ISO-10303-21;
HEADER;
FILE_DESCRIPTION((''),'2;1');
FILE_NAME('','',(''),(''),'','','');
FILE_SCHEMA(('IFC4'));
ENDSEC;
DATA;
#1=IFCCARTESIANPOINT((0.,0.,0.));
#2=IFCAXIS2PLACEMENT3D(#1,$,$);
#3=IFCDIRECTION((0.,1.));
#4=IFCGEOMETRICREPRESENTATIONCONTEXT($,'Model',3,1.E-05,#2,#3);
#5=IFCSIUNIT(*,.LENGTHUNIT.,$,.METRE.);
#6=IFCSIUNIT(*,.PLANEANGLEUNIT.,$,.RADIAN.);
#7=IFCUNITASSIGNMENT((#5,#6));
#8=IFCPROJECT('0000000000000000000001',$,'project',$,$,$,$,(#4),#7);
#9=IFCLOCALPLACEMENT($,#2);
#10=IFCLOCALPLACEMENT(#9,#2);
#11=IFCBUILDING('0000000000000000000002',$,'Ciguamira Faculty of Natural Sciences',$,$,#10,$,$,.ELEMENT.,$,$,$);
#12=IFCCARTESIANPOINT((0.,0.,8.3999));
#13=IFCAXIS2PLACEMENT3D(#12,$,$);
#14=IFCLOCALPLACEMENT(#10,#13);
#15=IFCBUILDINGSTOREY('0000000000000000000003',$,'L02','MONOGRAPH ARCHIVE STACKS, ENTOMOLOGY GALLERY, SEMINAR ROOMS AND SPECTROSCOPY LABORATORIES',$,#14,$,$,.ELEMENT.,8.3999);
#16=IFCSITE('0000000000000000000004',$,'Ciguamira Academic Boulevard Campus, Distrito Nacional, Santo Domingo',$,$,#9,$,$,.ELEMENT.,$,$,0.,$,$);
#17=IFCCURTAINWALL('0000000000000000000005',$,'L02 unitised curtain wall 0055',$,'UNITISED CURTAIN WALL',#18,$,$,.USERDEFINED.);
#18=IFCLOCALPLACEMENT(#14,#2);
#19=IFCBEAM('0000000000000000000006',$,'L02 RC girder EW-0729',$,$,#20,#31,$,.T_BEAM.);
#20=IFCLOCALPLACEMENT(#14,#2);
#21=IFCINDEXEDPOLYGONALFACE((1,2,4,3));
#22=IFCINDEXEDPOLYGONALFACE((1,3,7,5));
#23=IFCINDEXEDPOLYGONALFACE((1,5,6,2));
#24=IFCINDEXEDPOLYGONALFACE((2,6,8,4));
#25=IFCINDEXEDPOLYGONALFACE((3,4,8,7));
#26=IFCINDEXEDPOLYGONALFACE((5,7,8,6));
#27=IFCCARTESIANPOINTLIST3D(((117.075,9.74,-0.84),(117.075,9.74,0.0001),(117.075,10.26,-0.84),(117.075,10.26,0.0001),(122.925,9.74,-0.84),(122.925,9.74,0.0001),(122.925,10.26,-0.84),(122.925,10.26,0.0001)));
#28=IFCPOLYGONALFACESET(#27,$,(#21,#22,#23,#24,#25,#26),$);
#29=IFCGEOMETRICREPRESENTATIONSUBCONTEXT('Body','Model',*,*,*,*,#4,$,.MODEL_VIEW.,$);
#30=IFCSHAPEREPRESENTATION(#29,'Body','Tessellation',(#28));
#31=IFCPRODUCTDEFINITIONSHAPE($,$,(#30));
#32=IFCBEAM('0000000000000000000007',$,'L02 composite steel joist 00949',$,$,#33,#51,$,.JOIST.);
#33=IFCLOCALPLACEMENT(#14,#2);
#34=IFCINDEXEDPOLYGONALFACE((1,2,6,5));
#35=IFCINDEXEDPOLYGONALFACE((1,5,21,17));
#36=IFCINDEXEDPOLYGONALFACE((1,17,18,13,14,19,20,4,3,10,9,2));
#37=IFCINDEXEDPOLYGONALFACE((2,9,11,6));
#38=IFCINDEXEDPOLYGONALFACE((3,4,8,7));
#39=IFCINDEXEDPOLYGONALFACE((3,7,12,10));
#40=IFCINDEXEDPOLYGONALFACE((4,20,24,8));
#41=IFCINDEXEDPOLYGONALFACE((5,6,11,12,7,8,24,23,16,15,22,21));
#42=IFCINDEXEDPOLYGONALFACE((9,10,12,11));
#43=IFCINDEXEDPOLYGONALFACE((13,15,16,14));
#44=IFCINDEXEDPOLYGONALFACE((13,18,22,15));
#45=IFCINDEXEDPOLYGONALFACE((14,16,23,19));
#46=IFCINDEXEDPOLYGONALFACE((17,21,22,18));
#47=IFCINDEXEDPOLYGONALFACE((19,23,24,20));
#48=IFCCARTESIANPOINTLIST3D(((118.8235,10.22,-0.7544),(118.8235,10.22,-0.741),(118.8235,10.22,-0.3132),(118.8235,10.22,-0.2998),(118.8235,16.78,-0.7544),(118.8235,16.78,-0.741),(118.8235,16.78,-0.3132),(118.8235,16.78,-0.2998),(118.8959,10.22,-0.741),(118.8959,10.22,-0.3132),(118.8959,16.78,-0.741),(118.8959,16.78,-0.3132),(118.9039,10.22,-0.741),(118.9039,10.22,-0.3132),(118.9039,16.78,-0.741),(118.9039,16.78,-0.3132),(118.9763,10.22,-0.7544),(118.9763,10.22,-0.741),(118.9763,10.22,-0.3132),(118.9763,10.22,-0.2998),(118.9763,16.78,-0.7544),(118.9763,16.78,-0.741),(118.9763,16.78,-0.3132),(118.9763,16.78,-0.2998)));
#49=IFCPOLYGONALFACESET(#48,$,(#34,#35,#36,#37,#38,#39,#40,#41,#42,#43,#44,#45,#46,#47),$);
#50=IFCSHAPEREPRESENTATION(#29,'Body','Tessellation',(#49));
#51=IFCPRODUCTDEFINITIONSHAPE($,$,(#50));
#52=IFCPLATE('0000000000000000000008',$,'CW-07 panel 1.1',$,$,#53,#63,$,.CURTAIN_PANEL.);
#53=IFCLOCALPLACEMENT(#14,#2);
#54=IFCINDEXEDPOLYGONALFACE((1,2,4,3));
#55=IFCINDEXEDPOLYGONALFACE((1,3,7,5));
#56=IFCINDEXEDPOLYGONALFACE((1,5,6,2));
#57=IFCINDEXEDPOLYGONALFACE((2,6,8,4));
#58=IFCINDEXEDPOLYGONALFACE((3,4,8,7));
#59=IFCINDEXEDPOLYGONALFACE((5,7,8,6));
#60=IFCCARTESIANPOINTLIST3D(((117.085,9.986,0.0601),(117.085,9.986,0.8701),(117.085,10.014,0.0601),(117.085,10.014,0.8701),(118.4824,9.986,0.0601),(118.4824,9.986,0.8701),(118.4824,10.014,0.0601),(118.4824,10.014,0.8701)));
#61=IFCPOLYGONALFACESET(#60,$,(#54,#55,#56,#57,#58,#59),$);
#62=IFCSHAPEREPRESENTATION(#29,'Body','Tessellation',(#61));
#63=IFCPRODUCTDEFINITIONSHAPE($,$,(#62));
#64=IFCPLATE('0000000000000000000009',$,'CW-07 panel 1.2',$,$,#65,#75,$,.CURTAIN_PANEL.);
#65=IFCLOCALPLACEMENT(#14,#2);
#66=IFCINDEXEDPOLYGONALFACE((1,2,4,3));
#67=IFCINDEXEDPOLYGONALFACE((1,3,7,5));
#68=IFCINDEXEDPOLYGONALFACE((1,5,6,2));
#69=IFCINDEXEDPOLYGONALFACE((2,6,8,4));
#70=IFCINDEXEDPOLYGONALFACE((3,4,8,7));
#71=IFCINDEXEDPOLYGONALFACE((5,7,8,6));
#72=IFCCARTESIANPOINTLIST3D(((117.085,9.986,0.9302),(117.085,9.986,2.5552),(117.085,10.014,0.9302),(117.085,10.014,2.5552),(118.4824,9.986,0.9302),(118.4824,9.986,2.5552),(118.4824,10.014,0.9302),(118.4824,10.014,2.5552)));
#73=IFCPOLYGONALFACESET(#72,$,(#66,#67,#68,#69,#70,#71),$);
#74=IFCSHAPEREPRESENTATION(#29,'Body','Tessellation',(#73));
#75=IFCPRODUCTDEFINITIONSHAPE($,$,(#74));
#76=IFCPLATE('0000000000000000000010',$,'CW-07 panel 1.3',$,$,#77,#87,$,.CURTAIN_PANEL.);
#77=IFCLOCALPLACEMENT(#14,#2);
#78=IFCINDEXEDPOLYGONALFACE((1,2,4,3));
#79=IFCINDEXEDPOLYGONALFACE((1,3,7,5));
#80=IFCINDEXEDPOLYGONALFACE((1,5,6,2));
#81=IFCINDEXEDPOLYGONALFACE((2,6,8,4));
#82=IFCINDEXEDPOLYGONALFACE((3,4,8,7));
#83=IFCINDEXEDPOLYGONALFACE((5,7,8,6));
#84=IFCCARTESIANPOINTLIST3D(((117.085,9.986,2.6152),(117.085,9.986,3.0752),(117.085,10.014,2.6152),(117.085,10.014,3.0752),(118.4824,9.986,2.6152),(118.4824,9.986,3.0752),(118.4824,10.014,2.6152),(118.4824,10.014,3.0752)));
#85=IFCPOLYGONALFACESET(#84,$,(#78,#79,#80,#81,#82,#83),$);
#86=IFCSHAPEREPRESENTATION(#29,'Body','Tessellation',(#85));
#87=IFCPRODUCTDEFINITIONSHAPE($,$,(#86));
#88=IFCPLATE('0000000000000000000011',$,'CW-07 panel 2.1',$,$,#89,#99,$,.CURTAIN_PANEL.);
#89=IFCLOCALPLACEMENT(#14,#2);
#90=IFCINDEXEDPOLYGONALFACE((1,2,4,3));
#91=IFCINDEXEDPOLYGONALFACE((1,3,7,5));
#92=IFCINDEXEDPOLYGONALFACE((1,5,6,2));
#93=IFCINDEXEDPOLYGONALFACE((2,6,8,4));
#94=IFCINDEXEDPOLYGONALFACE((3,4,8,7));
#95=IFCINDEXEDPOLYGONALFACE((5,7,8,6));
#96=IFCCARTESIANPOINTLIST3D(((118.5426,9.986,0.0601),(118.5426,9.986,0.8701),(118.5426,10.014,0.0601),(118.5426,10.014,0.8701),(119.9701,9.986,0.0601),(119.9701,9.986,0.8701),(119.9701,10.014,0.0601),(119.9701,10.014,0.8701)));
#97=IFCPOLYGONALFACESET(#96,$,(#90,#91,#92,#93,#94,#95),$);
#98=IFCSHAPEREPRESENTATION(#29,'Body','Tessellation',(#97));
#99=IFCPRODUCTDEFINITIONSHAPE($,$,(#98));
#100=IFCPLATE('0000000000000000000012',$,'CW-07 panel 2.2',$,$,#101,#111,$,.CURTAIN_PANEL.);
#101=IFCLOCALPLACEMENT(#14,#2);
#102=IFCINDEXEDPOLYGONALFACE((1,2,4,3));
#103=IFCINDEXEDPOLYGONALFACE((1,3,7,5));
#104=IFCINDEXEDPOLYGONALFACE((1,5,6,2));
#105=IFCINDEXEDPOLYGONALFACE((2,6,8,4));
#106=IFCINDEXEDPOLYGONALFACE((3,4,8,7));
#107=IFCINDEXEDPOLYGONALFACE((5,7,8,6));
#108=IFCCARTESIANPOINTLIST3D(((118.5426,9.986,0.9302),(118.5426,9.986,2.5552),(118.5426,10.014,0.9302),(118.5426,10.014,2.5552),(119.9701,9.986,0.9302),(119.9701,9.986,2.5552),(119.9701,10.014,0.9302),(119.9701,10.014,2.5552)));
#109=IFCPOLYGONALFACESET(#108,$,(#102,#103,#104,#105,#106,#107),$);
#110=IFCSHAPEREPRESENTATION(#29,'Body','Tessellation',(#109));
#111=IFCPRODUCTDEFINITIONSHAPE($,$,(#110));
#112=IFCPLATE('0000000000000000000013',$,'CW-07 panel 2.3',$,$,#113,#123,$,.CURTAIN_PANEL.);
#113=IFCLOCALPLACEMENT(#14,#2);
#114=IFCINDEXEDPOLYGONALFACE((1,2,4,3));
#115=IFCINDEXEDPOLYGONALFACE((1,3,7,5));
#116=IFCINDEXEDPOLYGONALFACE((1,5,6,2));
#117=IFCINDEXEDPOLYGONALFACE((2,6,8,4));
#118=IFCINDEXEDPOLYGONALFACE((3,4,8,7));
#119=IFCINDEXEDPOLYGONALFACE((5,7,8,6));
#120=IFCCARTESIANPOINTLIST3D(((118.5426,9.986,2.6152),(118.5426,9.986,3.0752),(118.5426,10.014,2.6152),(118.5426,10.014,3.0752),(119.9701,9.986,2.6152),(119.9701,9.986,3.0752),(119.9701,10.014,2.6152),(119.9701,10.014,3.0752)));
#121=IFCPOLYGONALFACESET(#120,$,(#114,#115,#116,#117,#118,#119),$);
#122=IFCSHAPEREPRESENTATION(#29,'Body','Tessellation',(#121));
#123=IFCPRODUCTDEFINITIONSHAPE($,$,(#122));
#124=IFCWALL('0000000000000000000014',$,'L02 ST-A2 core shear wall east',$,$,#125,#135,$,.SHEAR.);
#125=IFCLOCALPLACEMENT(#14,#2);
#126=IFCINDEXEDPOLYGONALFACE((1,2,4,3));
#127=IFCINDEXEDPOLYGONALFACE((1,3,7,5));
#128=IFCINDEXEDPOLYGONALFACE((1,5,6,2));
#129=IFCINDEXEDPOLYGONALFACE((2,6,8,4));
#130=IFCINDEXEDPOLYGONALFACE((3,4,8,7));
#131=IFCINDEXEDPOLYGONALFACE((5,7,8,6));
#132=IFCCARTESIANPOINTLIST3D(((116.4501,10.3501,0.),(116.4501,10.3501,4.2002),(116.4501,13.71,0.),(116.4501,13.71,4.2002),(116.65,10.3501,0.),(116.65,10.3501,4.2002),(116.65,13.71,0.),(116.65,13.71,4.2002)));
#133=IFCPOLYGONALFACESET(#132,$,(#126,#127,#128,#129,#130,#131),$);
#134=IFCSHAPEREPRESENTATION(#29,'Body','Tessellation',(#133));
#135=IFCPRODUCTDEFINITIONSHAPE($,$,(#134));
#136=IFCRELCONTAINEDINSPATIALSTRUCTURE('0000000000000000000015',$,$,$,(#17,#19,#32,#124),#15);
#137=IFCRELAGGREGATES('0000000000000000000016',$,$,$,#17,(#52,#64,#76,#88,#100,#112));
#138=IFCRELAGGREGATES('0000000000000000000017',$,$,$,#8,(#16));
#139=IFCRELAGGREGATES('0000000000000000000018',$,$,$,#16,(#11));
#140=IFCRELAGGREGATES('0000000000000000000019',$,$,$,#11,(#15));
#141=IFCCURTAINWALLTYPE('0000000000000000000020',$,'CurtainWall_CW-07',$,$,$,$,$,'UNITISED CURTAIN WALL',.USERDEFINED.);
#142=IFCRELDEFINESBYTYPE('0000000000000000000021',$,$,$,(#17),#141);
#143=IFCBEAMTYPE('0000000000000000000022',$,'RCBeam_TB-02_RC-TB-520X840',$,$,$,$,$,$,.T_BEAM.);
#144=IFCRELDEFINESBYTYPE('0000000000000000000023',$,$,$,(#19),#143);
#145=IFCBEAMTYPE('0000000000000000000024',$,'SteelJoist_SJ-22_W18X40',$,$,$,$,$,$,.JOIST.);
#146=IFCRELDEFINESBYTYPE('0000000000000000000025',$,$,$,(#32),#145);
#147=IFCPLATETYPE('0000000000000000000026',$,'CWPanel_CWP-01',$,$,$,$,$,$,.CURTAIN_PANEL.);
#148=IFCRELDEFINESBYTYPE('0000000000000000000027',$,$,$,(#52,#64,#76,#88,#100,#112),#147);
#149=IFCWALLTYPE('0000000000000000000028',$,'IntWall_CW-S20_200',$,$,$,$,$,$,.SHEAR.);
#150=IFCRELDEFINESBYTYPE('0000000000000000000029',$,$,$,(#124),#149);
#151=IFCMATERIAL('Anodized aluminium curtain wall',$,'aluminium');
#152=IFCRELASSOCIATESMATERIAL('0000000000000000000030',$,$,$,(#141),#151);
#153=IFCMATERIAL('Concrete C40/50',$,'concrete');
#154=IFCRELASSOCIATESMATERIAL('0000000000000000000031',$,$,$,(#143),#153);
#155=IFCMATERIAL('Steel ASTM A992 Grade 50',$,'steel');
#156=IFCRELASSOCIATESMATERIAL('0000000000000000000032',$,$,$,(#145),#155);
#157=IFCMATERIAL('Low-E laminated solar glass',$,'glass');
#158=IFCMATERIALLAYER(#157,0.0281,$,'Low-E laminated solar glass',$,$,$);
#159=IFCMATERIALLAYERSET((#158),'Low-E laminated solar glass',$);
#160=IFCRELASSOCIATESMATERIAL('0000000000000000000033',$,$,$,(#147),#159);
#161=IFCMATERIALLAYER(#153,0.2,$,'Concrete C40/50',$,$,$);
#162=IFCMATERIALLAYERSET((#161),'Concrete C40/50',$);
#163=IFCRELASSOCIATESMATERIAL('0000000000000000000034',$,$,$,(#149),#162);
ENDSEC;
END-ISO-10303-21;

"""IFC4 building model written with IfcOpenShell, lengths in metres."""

from ifc_helpers import new_model, si_unit, direction, frame, frame_2d, origin, origin_2d, place, context, subcontext, project, spatial, rectangle, i_section, extrude, material, layer, layer_set, material_profile, profile_set, type_object, element, aggregate, save


model = new_model("IFC4")

# Units and contexts
model_context = context("Model", 3, precision=1e-05, world=origin(), true_north=direction((0.0, 1.0)))
body_context = subcontext(model_context, "Body", "Model", "MODEL_VIEW")
ifc_project = project(units=[si_unit("LENGTHUNIT", "METRE"), si_unit("PLANEANGLEUNIT", "RADIAN")], contexts=[model_context])

# Site, building, storey
site_placement = place(None, origin())
site = spatial("IfcSite", under=ifc_project, at=site_placement, Name="Ciguamira Academic Boulevard Campus, Distrito Nacional, Santo Domingo", CompositionType="ELEMENT", RefElevation=0.0)
building_placement = place(site_placement, origin())
building = spatial("IfcBuilding", under=site, at=building_placement, Name="Ciguamira Faculty of Natural Sciences", CompositionType="ELEMENT")
storey_placement = place(building_placement, frame((0.0, 0.0, 8.3999)))
storey = spatial("IfcBuildingStorey", under=building, at=storey_placement, Name="L02", Description="MONOGRAPH ARCHIVE STACKS, ENTOMOLOGY GALLERY, SEMINAR ROOMS AND SPECTROSCOPY LABORATORIES", CompositionType="ELEMENT", Elevation=8.3999)

# Shared definitions
ifc_material_1 = material(Name="Concrete C40/50", Category="concrete")

# Curtain wall
ifc_material_2 = material(Name="Anodized aluminium curtain wall", Category="aluminium")
curtain_wall_type = type_object("IfcCurtainWallType", Name="CurtainWall_CW-07", ElementType="UNITISED CURTAIN WALL", PredefinedType="USERDEFINED", material=ifc_material_2)
curtain_wall_placement = place(storey_placement, origin())
curtain_wall = element("IfcCurtainWall", 1, at=curtain_wall_placement, inside=storey, type_object=curtain_wall_type, Name="L02 unitised curtain wall 0055", ObjectType="UNITISED CURTAIN WALL", PredefinedType="USERDEFINED")

# Beams
ifc_material_profile_1 = material_profile(ifc_material_1, rectangle(XDim=0.52, YDim=0.8401, at=origin_2d()), Name="RC-TB-520X840")
ifc_profile_set_1 = profile_set([ifc_material_profile_1], Name="Concrete C40/50")
beam_type_1 = type_object("IfcBeamType", Name="RCBeam_TB-02_RC-TB-520X840", PredefinedType="T_BEAM", material=ifc_profile_set_1)
beam_1_placement = place(storey_placement, frame((117.075, 10.0, -0.4199), z_axis=(1.0, 0.0, 0.0), x_axis=(0.0, 1.0, 0.0)))
element("IfcBeam", 2, at=beam_1_placement, inside=storey, type_object=beam_type_1, Name="L02 RC girder EW-0729", PredefinedType="T_BEAM", context=body_context, shape_type="SweptSolid", body=[
    extrude(rectangle(XDim=0.52, YDim=0.8401, at=origin_2d()), origin(), (0.0, 0.0, 1.0), 5.8501),
])
ifc_material_3 = material(Name="Steel ASTM A992 Grade 50", Category="steel")
ifc_material_profile_2 = material_profile(ifc_material_3, i_section(OverallWidth=0.1528, OverallDepth=0.4546, WebThickness=0.0081, FlangeThickness=0.0134, at=origin_2d()), Name="W18X40")
ifc_profile_set_2 = profile_set([ifc_material_profile_2], Name="Steel ASTM A992 Grade 50")
beam_type_2 = type_object("IfcBeamType", Name="SteelJoist_SJ-22_W18X40", PredefinedType="JOIST", material=ifc_profile_set_2)
beam_2_placement = place(storey_placement, frame((118.8999, 10.22, -0.5271), z_axis=(0.0, 1.0, 0.0), x_axis=(-1.0, 0.0, 0.0)))
element("IfcBeam", 3, at=beam_2_placement, inside=storey, type_object=beam_type_2, Name="L02 composite steel joist 00949", PredefinedType="JOIST", context=body_context, shape_type="SweptSolid", body=[
    extrude(i_section(OverallWidth=0.1528, OverallDepth=0.4546, WebThickness=0.0081, FlangeThickness=0.0134, at=origin_2d()), origin(), (0.0, 0.0, 1.0), 6.5601),
])

# Plates
ifc_material_4 = material(Name="Low-E laminated solar glass", Category="glass")
ifc_layer_1 = layer(ifc_material_4, 0.0281, Name="Low-E laminated solar glass")
ifc_layer_set_1 = layer_set([ifc_layer_1], Name="Low-E laminated solar glass")
plate_type = type_object("IfcPlateType", Name="CWPanel_CWP-01", PredefinedType="CURTAIN_PANEL", material=ifc_layer_set_1)
plate_1_placement = place(storey_placement, frame((117.7837, 10.0, 0.0601), z_axis=(0.0, 0.0, 1.0), x_axis=(1.0, 0.0, 0.0)))
plate_1 = element("IfcPlate", 4, at=plate_1_placement, type_object=plate_type, Name="CW-07 panel 1.1", PredefinedType="CURTAIN_PANEL", context=body_context, shape_type="SweptSolid", body=[
    extrude(rectangle(XDim=1.3975, YDim=0.0281, at=origin_2d()), origin(), (0.0, 0.0, 1.0), 0.8101),
])
plate_2_placement = place(storey_placement, frame((117.7837, 10.0, 0.9302), z_axis=(0.0, 0.0, 1.0), x_axis=(1.0, 0.0, 0.0)))
plate_2 = element("IfcPlate", 5, at=plate_2_placement, type_object=plate_type, Name="CW-07 panel 1.2", PredefinedType="CURTAIN_PANEL", context=body_context, shape_type="SweptSolid", body=[
    extrude(rectangle(XDim=1.3975, YDim=0.0281, at=origin_2d()), origin(), (0.0, 0.0, 1.0), 1.625),
])
plate_3_placement = place(storey_placement, frame((117.7837, 10.0, 2.6152), z_axis=(0.0, 0.0, 1.0), x_axis=(1.0, 0.0, 0.0)))
plate_3 = element("IfcPlate", 6, at=plate_3_placement, type_object=plate_type, Name="CW-07 panel 1.3", PredefinedType="CURTAIN_PANEL", context=body_context, shape_type="SweptSolid", body=[
    extrude(rectangle(XDim=1.3975, YDim=0.0281, at=origin_2d()), origin(), (0.0, 0.0, 1.0), 0.46),
])
plate_4_placement = place(storey_placement, frame((119.2563, 10.0, 0.0601), z_axis=(0.0, 0.0, 1.0), x_axis=(1.0, 0.0, 0.0)))
plate_4 = element("IfcPlate", 7, at=plate_4_placement, type_object=plate_type, Name="CW-07 panel 2.1", PredefinedType="CURTAIN_PANEL", context=body_context, shape_type="SweptSolid", body=[
    extrude(rectangle(XDim=1.4275, YDim=0.0281, at=origin_2d()), origin(), (0.0, 0.0, 1.0), 0.8101),
])
plate_5_placement = place(storey_placement, frame((119.2563, 10.0, 0.9302), z_axis=(0.0, 0.0, 1.0), x_axis=(1.0, 0.0, 0.0)))
plate_5 = element("IfcPlate", 8, at=plate_5_placement, type_object=plate_type, Name="CW-07 panel 2.2", PredefinedType="CURTAIN_PANEL", context=body_context, shape_type="SweptSolid", body=[
    extrude(rectangle(XDim=1.4275, YDim=0.0281, at=origin_2d()), origin(), (0.0, 0.0, 1.0), 1.625),
])
plate_6_placement = place(storey_placement, frame((119.2563, 10.0, 2.6152), z_axis=(0.0, 0.0, 1.0), x_axis=(1.0, 0.0, 0.0)))
plate_6 = element("IfcPlate", 9, at=plate_6_placement, type_object=plate_type, Name="CW-07 panel 2.3", PredefinedType="CURTAIN_PANEL", context=body_context, shape_type="SweptSolid", body=[
    extrude(rectangle(XDim=1.4275, YDim=0.0281, at=origin_2d()), origin(), (0.0, 0.0, 1.0), 0.46),
])
aggregate(curtain_wall, [plate_1, plate_2, plate_3, plate_4, plate_5, plate_6])

# Wall
ifc_layer_2 = layer(ifc_material_1, 0.2, Name="Concrete C40/50")
ifc_layer_set_2 = layer_set([ifc_layer_2], Name="Concrete C40/50")
wall_type = type_object("IfcWallType", Name="IntWall_CW-S20_200", PredefinedType="SHEAR", material=ifc_layer_set_2)
wall_placement = place(storey_placement, frame((116.55, 10.3501, 0.0), z_axis=(0.0, 0.0, 1.0), x_axis=(0.0, 1.0, 0.0)))
element("IfcWall", 10, at=wall_placement, inside=storey, type_object=wall_type, Name="L02 ST-A2 core shear wall east", PredefinedType="SHEAR", context=body_context, shape_type="SweptSolid", body=[
    extrude(rectangle(XDim=3.3599, YDim=0.2, at=frame_2d((1.6799, 0.0))), origin(), (0.0, 0.0, 1.0), 4.2002),
])

save(model, "model.ifc")
